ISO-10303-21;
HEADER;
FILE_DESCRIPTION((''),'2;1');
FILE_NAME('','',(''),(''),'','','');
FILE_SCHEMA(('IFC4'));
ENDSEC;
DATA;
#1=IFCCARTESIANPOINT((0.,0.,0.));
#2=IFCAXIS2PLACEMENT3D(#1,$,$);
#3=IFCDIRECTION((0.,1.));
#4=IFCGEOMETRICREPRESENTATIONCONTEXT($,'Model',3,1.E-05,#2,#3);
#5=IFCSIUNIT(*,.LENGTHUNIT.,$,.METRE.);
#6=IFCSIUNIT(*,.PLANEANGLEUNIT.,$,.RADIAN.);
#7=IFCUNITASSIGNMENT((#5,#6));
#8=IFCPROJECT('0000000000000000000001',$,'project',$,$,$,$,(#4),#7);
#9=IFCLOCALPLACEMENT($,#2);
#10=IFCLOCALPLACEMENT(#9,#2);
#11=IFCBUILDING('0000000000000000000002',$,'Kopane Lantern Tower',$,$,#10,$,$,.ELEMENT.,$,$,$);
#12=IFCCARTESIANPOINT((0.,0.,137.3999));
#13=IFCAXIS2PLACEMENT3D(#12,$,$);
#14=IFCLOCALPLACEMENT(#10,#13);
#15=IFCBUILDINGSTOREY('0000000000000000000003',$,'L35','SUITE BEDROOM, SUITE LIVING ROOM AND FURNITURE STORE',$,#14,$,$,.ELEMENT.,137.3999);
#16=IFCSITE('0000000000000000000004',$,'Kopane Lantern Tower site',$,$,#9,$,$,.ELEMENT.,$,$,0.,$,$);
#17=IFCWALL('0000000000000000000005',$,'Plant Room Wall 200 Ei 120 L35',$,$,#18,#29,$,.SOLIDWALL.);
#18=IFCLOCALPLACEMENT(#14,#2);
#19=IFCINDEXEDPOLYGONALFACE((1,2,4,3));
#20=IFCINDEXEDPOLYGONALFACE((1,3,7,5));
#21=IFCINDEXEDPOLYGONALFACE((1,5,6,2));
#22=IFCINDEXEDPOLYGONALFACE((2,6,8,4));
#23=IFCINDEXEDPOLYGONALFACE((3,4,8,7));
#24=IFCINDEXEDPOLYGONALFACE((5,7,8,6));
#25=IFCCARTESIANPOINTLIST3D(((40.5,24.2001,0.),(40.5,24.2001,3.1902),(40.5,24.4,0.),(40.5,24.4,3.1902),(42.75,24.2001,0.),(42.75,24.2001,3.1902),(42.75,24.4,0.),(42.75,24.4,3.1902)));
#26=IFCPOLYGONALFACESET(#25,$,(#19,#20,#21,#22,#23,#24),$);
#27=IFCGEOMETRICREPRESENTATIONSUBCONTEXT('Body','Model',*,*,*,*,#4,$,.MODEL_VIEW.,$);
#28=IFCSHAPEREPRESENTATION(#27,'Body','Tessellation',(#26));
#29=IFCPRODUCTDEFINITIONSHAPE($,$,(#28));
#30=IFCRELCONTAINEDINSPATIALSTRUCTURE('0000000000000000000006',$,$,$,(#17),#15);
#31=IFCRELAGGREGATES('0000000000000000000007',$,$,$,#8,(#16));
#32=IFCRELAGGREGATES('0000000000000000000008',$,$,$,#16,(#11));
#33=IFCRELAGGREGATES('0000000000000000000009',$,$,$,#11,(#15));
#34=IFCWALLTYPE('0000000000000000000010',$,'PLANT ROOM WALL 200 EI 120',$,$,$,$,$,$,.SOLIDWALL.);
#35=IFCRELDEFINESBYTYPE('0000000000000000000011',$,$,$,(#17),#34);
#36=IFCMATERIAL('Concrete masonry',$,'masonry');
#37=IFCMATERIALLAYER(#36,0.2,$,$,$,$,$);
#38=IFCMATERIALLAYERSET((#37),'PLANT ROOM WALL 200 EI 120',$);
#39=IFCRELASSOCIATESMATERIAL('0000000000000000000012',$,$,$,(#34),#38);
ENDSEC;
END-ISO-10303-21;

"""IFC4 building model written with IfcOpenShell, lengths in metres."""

from ifc_helpers import new_model, si_unit, direction, frame, frame_2d, origin, place, context, subcontext, project, spatial, rectangle, extrude, material, layer, layer_set, type_object, element, save


model = new_model("IFC4")

# Units and contexts
model_context = context("Model", 3, precision=1e-05, world=origin(), true_north=direction((0.0, 1.0)))
body_context = subcontext(model_context, "Body", "Model", "MODEL_VIEW")
ifc_project = project(units=[si_unit("LENGTHUNIT", "METRE"), si_unit("PLANEANGLEUNIT", "RADIAN")], contexts=[model_context])

# Site, building, storey
site_placement = place(None, origin())
site = spatial("IfcSite", under=ifc_project, at=site_placement, Name="Kopane Lantern Tower site", CompositionType="ELEMENT", RefElevation=0.0)
building_placement = place(site_placement, origin())
building = spatial("IfcBuilding", under=site, at=building_placement, Name="Kopane Lantern Tower", CompositionType="ELEMENT")
storey_placement = place(building_placement, frame((0.0, 0.0, 137.3999)))
storey = spatial("IfcBuildingStorey", under=building, at=storey_placement, Name="L35", Description="SUITE BEDROOM, SUITE LIVING ROOM AND FURNITURE STORE", CompositionType="ELEMENT", Elevation=137.3999)

# Wall
ifc_material_1 = material(Name="Concrete masonry", Category="masonry")
ifc_layer_1 = layer(ifc_material_1, 0.2)
ifc_layer_set_1 = layer_set([ifc_layer_1], Name="PLANT ROOM WALL 200 EI 120")
wall_type_1 = type_object("IfcWallType", Name="PLANT ROOM WALL 200 EI 120", PredefinedType="SOLIDWALL", material=ifc_layer_set_1)
wall_1_placement = place(storey_placement, frame((40.5, 24.3, 0.0), z_axis=(0.0, 0.0, 1.0), x_axis=(1.0, 0.0, 0.0)))
element("IfcWall", 1, at=wall_1_placement, inside=storey, type_object=wall_type_1, Name="Plant Room Wall 200 Ei 120 L35", PredefinedType="SOLIDWALL", context=body_context, shape_type="SweptSolid", body=[
    extrude(rectangle(XDim=2.25, YDim=0.2, at=frame_2d((1.125, 0.0))), origin(), (0.0, 0.0, 1.0), 3.1902),
])

save(model, "model.ifc")
